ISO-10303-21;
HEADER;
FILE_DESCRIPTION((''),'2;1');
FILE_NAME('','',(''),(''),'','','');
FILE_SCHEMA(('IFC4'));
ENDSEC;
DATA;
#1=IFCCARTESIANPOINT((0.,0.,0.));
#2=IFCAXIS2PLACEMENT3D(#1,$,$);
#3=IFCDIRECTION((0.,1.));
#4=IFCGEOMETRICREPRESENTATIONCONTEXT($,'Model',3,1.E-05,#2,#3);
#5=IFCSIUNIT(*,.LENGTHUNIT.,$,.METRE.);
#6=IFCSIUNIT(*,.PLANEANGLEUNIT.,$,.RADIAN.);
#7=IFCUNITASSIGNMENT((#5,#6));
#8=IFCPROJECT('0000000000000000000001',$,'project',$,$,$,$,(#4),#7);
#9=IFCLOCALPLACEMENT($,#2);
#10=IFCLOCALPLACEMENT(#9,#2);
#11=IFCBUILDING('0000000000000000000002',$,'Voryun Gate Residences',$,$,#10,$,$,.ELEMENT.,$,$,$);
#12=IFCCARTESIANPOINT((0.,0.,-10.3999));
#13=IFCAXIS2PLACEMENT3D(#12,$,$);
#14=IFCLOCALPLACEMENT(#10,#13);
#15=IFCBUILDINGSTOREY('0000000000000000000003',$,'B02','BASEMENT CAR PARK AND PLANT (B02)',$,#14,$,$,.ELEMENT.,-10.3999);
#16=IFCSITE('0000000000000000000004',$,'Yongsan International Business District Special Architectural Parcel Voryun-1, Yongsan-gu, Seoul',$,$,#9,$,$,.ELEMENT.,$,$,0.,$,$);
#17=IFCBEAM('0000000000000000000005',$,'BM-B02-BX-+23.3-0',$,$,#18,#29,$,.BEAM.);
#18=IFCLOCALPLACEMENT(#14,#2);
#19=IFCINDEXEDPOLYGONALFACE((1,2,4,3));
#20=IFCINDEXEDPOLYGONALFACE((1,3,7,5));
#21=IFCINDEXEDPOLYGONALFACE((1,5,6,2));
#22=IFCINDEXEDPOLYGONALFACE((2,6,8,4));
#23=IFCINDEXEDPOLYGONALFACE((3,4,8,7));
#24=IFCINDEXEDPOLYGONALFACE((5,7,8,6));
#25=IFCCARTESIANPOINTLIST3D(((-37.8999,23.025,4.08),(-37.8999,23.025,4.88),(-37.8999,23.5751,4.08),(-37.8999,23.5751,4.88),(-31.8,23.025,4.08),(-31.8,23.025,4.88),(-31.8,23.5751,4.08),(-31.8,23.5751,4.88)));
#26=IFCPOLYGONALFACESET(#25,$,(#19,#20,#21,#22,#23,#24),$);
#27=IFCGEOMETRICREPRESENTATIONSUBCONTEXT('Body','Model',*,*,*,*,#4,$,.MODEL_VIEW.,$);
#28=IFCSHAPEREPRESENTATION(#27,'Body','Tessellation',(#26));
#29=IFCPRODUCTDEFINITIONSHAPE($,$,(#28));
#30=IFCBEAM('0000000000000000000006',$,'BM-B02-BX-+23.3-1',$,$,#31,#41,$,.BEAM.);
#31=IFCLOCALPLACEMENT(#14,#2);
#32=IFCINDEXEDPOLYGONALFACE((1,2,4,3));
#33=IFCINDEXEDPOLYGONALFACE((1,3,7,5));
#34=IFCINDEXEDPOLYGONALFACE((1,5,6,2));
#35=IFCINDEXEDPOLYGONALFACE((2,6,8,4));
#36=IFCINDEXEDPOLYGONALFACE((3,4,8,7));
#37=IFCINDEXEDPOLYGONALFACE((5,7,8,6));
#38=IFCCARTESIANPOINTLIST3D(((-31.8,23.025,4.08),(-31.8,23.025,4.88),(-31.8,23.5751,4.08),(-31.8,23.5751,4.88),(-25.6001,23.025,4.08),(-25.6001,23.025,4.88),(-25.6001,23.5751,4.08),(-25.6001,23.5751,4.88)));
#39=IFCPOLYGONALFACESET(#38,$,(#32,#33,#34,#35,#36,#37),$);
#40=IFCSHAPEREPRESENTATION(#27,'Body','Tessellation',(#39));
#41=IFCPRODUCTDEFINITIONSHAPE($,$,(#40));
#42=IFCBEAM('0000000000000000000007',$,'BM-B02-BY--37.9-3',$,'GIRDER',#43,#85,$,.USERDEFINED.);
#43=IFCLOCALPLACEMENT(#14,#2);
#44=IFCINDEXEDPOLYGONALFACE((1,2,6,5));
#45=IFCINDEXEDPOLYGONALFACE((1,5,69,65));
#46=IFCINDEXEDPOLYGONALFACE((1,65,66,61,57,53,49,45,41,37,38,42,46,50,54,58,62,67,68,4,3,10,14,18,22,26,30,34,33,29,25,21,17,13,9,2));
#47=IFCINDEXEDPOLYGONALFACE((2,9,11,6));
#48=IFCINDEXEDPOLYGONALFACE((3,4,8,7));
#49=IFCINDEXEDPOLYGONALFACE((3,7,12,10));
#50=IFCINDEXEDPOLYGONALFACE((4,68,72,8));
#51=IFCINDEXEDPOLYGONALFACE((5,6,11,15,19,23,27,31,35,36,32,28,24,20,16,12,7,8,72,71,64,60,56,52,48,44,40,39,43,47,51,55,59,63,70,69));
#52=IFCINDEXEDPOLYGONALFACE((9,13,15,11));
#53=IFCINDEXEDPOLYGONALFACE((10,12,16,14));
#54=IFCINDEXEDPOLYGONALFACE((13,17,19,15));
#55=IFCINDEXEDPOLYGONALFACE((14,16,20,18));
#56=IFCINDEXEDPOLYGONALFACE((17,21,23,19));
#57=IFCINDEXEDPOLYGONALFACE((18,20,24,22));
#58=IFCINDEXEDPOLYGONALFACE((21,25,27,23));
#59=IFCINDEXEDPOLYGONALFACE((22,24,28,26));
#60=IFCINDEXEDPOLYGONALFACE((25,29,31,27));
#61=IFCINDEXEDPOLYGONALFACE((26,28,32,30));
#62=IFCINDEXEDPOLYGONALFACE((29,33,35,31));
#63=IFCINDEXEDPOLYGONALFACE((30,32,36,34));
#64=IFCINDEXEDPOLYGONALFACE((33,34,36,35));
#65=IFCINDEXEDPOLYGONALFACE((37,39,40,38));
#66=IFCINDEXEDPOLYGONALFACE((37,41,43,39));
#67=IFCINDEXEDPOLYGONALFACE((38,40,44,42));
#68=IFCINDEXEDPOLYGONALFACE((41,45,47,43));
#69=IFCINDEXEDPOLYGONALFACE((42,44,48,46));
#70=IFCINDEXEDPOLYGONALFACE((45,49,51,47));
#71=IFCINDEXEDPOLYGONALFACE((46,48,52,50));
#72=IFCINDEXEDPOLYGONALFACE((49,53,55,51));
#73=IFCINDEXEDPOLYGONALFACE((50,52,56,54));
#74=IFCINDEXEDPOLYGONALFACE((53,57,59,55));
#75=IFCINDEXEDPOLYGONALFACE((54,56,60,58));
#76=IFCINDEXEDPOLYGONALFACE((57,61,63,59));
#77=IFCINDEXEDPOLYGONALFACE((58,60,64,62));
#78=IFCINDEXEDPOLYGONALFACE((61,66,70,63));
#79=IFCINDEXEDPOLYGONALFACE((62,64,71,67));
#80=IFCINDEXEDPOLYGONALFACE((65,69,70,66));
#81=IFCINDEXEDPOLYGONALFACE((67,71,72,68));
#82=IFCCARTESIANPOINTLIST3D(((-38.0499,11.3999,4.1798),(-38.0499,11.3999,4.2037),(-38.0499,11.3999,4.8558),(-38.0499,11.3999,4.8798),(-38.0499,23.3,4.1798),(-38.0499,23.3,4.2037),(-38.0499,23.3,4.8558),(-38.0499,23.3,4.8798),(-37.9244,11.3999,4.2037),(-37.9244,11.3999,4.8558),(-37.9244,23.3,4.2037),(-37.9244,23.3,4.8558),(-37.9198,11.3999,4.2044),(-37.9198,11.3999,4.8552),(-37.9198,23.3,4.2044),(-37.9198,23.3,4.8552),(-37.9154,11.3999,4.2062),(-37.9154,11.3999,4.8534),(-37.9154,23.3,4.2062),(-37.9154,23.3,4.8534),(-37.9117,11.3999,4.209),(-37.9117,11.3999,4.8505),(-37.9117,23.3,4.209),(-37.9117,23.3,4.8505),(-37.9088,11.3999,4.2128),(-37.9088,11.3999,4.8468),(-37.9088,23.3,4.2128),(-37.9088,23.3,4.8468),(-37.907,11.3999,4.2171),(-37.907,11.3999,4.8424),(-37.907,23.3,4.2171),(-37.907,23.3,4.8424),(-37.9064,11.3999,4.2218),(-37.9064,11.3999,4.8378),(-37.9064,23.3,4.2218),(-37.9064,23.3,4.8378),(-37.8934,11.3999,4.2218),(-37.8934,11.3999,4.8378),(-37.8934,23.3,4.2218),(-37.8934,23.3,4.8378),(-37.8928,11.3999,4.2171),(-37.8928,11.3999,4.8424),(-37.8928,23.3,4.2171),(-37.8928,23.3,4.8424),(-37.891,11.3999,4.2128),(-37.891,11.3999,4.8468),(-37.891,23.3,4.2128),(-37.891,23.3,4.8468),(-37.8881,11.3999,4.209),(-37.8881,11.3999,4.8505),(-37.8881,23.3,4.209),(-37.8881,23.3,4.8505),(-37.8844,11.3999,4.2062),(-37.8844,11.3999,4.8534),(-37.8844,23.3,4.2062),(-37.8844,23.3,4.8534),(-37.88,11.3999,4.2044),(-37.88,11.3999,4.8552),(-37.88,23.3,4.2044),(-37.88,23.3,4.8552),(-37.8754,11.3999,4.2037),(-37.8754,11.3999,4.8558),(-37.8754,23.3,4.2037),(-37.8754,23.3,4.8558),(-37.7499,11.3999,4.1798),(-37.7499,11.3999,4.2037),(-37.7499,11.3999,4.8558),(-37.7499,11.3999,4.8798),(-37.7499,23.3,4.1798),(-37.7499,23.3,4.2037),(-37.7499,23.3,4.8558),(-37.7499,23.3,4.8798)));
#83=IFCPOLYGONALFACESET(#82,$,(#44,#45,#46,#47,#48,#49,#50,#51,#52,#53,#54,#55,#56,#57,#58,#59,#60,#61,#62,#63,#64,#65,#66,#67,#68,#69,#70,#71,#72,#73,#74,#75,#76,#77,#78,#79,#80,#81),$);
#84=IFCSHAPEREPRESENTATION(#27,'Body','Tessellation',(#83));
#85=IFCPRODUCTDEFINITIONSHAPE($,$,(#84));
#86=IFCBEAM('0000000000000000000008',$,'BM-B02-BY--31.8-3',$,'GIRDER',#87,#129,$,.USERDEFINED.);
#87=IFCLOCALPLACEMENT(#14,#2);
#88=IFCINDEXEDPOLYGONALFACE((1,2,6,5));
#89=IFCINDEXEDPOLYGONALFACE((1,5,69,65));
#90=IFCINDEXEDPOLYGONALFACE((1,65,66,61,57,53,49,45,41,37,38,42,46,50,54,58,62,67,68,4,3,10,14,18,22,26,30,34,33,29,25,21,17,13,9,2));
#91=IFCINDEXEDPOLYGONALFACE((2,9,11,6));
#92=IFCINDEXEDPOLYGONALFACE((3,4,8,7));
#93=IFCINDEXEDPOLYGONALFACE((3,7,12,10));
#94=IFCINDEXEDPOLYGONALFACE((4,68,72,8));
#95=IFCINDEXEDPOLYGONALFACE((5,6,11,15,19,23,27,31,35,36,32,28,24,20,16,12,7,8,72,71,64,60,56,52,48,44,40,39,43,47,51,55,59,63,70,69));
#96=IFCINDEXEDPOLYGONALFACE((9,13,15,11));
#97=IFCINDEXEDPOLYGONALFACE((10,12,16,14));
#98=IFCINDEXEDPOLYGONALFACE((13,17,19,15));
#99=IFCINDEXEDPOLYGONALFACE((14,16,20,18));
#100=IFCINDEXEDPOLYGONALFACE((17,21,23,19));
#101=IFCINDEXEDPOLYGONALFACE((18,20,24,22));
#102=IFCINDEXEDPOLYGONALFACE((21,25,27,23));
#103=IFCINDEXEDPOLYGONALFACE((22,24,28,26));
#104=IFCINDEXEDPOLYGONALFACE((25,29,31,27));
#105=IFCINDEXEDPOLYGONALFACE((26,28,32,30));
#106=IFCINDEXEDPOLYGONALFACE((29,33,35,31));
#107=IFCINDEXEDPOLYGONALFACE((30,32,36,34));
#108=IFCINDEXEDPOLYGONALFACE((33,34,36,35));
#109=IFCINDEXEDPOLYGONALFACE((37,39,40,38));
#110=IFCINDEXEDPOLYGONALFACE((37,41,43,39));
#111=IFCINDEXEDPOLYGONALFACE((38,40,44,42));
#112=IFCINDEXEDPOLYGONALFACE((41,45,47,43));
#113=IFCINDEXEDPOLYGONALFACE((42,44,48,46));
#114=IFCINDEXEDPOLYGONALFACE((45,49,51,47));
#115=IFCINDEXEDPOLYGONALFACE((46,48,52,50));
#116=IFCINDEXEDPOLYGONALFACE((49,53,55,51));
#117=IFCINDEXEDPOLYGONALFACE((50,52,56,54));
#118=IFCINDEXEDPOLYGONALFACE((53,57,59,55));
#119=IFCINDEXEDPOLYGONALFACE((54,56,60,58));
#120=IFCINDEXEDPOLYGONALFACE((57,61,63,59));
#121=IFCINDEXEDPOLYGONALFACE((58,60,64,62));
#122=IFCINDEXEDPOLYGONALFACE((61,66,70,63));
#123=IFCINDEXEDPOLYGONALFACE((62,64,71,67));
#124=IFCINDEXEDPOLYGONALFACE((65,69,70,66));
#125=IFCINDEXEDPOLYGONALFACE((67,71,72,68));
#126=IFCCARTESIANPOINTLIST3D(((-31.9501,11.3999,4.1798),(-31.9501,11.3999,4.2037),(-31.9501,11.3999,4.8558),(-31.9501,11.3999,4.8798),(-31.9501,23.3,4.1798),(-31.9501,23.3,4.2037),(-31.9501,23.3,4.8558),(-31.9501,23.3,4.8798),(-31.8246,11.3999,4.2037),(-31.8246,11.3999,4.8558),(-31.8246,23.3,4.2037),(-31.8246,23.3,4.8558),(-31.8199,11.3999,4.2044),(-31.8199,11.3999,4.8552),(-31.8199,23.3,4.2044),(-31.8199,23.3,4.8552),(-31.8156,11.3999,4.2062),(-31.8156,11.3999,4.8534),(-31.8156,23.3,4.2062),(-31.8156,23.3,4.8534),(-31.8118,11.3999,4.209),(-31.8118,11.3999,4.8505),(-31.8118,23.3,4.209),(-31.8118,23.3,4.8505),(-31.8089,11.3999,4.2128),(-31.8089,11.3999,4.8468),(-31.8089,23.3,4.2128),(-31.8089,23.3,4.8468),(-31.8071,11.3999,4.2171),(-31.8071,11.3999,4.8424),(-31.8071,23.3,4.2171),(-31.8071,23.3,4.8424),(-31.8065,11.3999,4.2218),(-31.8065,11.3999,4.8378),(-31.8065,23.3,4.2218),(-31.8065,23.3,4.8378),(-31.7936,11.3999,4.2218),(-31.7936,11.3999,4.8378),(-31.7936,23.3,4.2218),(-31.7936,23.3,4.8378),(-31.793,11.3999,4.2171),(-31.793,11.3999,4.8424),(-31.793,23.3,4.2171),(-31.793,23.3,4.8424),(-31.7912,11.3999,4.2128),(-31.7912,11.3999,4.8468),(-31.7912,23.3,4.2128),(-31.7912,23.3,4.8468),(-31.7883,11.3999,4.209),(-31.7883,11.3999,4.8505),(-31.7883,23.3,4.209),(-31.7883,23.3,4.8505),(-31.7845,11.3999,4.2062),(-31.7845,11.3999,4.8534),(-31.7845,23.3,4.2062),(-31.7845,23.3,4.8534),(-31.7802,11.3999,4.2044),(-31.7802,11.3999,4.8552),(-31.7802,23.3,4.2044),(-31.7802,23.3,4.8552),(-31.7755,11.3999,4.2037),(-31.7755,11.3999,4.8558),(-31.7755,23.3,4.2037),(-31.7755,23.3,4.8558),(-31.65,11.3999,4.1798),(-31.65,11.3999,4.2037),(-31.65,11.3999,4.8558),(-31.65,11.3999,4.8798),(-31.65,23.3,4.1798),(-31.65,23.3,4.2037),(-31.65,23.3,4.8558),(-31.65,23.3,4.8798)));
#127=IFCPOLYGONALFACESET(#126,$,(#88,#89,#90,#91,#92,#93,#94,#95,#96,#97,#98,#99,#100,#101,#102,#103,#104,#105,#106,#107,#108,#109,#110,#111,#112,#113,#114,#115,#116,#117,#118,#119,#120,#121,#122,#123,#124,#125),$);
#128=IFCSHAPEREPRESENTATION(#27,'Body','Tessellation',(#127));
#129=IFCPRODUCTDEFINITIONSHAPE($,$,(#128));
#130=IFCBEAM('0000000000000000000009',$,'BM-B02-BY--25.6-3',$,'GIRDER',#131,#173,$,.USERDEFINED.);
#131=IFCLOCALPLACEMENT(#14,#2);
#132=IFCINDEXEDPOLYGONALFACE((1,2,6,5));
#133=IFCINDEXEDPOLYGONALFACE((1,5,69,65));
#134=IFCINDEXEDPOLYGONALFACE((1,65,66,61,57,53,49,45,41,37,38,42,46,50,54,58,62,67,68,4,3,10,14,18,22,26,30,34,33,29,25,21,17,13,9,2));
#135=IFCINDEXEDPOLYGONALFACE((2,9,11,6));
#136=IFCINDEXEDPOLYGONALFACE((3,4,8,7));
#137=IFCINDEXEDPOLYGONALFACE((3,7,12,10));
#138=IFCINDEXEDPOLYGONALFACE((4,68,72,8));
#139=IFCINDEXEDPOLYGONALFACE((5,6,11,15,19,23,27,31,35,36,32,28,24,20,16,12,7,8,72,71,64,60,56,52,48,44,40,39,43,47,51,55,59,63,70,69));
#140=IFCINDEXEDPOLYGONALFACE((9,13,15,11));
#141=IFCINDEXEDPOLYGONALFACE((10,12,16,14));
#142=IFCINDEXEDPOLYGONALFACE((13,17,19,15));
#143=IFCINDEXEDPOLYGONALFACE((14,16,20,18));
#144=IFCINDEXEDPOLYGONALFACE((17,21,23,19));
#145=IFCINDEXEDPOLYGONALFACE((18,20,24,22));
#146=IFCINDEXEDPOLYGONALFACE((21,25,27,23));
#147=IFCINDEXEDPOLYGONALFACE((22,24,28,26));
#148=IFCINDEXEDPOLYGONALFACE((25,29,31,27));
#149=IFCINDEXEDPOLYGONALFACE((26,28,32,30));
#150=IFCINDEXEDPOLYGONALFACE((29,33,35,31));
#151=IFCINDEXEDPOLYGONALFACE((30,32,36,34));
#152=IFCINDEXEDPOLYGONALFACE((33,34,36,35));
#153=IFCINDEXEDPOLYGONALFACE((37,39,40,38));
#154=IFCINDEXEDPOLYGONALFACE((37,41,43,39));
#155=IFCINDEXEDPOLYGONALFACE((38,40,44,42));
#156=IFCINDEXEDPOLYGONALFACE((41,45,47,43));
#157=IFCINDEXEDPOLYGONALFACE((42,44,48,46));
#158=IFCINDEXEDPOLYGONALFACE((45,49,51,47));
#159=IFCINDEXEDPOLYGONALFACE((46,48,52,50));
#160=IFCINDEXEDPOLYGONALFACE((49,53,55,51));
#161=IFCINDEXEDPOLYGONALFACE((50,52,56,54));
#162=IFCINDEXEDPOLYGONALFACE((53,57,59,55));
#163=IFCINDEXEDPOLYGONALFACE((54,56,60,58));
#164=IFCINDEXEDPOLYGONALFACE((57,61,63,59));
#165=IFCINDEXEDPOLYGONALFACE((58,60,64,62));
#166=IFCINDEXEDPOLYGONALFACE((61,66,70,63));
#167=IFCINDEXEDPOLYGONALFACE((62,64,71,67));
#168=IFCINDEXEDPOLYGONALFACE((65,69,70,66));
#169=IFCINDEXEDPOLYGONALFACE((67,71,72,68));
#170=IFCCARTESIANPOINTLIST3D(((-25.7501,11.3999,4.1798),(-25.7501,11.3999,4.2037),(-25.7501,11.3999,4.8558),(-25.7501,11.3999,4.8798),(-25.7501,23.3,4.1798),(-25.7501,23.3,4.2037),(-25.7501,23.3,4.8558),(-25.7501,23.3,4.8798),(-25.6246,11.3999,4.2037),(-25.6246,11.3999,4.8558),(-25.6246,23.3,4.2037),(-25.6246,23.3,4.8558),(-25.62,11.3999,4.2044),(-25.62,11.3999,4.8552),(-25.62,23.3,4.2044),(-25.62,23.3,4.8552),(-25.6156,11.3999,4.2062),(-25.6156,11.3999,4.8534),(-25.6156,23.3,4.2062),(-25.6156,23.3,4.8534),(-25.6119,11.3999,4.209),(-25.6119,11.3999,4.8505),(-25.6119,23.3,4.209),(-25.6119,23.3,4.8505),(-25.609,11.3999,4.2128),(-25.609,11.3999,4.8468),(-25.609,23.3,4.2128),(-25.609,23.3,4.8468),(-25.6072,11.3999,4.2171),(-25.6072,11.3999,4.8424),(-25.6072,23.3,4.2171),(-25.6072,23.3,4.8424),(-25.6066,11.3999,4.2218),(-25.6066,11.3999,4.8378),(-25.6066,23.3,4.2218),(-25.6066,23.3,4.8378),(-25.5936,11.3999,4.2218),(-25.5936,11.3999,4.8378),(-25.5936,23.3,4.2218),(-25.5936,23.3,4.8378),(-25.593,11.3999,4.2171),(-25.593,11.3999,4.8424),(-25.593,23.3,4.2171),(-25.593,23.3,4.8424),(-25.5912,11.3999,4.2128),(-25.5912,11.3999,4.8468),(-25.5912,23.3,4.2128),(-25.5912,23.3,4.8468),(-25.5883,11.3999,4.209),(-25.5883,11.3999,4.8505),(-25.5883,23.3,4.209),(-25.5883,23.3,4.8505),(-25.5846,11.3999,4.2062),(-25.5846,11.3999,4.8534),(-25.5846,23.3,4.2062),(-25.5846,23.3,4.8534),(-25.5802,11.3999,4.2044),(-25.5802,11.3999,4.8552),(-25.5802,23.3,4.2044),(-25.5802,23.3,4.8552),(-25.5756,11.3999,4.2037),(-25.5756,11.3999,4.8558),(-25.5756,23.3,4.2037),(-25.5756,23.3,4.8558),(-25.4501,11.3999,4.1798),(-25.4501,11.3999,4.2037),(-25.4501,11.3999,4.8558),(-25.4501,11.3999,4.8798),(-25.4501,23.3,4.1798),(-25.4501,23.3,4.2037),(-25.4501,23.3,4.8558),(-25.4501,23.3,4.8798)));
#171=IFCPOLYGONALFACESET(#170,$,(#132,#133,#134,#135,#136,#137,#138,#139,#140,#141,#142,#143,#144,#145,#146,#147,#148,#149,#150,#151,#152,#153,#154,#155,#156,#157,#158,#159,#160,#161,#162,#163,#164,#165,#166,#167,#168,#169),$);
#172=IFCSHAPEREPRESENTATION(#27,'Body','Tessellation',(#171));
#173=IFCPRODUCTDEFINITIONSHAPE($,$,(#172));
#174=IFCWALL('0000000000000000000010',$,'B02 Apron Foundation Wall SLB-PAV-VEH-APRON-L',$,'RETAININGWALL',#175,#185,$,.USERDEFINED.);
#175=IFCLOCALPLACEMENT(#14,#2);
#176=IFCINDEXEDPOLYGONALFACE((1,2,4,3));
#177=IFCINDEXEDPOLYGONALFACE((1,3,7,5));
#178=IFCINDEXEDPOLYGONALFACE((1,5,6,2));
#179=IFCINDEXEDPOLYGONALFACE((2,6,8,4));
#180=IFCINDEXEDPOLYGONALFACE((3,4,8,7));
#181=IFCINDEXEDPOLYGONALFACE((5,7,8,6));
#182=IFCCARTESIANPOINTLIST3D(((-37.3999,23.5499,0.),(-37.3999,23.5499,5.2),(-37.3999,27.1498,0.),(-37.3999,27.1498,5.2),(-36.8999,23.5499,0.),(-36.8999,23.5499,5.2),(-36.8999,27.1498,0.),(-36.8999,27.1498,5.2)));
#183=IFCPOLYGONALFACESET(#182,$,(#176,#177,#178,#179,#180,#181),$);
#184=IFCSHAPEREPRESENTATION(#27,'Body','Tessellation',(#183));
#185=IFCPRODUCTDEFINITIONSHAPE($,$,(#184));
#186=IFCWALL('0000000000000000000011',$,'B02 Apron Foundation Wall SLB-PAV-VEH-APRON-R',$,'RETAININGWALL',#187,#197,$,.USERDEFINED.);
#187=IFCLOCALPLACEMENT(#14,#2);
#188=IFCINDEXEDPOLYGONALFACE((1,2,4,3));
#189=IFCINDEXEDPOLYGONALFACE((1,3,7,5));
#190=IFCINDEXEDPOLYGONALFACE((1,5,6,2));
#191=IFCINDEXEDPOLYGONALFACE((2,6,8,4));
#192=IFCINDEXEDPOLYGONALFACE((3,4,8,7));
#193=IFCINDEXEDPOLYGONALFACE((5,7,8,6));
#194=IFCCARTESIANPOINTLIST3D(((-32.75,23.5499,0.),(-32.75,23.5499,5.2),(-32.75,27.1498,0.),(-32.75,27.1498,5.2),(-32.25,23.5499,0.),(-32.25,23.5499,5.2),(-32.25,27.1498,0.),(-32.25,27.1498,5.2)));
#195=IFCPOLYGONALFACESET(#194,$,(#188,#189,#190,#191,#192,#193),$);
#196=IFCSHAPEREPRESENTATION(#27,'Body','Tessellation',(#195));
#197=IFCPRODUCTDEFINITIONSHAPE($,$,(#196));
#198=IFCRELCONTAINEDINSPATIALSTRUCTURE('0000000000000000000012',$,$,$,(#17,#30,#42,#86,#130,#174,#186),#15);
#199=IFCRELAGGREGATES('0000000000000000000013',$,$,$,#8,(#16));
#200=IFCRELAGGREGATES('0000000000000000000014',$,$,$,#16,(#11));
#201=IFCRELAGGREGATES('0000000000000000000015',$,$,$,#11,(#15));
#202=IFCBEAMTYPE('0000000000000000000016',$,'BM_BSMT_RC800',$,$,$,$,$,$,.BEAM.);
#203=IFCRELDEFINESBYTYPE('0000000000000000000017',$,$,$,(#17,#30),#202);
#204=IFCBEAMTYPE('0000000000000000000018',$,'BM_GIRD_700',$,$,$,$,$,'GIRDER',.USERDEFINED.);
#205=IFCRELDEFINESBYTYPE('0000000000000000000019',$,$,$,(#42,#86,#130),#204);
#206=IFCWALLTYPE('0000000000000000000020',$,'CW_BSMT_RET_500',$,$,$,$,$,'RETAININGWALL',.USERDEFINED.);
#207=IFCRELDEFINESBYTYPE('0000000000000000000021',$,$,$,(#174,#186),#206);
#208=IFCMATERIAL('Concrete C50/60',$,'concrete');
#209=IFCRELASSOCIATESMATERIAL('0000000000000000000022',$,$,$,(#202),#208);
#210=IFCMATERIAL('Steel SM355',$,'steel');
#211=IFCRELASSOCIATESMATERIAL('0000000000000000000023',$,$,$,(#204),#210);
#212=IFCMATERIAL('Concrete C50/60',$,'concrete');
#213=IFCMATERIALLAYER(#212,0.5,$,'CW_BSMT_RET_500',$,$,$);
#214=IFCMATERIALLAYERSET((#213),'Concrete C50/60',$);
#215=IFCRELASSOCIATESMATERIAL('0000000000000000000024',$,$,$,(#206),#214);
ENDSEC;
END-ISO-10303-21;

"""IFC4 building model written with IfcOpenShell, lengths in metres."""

from ifc_helpers import new_model, si_unit, direction, frame, frame_2d, origin, origin_2d, place, context, subcontext, project, spatial, rectangle, i_section, extrude, material, layer, layer_set, material_profile, profile_set, type_object, element, save


model = new_model("IFC4")

# Units and contexts
model_context = context("Model", 3, precision=1e-05, world=origin(), true_north=direction((0.0, 1.0)))
body_context = subcontext(model_context, "Body", "Model", "MODEL_VIEW")
ifc_project = project(units=[si_unit("LENGTHUNIT", "METRE"), si_unit("PLANEANGLEUNIT", "RADIAN")], contexts=[model_context])

# Site, building, storey
site_placement = place(None, origin())
site = spatial("IfcSite", under=ifc_project, at=site_placement, Name="Yongsan International Business District Special Architectural Parcel Voryun-1, Yongsan-gu, Seoul", CompositionType="ELEMENT", RefElevation=0.0)
building_placement = place(site_placement, origin())
building = spatial("IfcBuilding", under=site, at=building_placement, Name="Voryun Gate Residences", CompositionType="ELEMENT")
storey_placement = place(building_placement, frame((0.0, 0.0, -10.3999)))
storey = spatial("IfcBuildingStorey", under=building, at=storey_placement, Name="B02", Description="BASEMENT CAR PARK AND PLANT (B02)", CompositionType="ELEMENT", Elevation=-10.3999)

# Beams
ifc_material_1 = material(Name="Concrete C50/60", Category="concrete")
ifc_material_profile_1 = material_profile(ifc_material_1, rectangle(XDim=0.55, YDim=0.8, at=origin_2d()), Name="RC-550x800")
ifc_profile_set_1 = profile_set([ifc_material_profile_1], Name="Concrete C50/60")
beam_type_1 = type_object("IfcBeamType", Name="BM_BSMT_RC800", PredefinedType="BEAM", material=ifc_profile_set_1)
beam_1_placement = place(storey_placement, frame((-37.8999, 23.3, 4.48), z_axis=(1.0, 0.0, 0.0), x_axis=(0.0, 1.0, 0.0)))
element("IfcBeam", 1, at=beam_1_placement, inside=storey, type_object=beam_type_1, Name="BM-B02-BX-+23.3-0", PredefinedType="BEAM", context=body_context, shape_type="SweptSolid", body=[
    extrude(rectangle(XDim=0.55, YDim=0.8, at=origin_2d()), origin(), (0.0, 0.0, 1.0), 6.0999),
])
beam_2_placement = place(storey_placement, frame((-31.8, 23.3, 4.48), z_axis=(1.0, 0.0, 0.0), x_axis=(0.0, 1.0, 0.0)))
element("IfcBeam", 2, at=beam_2_placement, inside=storey, type_object=beam_type_1, Name="BM-B02-BX-+23.3-1", PredefinedType="BEAM", context=body_context, shape_type="SweptSolid", body=[
    extrude(rectangle(XDim=0.55, YDim=0.8, at=origin_2d()), origin(), (0.0, 0.0, 1.0), 6.2),
])
ifc_material_2 = material(Name="Steel SM355", Category="steel")
ifc_material_profile_2 = material_profile(ifc_material_2, i_section(OverallWidth=0.3, OverallDepth=0.7, WebThickness=0.0129, FlangeThickness=0.0239, FilletRadius=0.0181, at=origin_2d()), Name="H-700x300x13x24")
ifc_profile_set_2 = profile_set([ifc_material_profile_2], Name="Steel SM355")
beam_type_2 = type_object("IfcBeamType", Name="BM_GIRD_700", ElementType="GIRDER", PredefinedType="USERDEFINED", material=ifc_profile_set_2)
for number, where, z_axis, x_axis, name in (
    (3, (-37.8999, 11.3999, 4.5298), (0.0, 1.0, 0.0), (-1.0, 0.0, 0.0), "BM-B02-BY--37.9-3"),
    (4, (-31.8, 11.3999, 4.5298), (0.0, 1.0, 0.0), (-1.0, 0.0, 0.0), "BM-B02-BY--31.8-3"),
    (5, (-25.6001, 11.3999, 4.5298), (0.0, 1.0, 0.0), (-1.0, 0.0, 0.0), "BM-B02-BY--25.6-3"),
):
    element("IfcBeam", number, at=place(storey_placement, frame(where, z_axis=z_axis, x_axis=x_axis)), inside=storey, type_object=beam_type_2, Name=name, ObjectType="GIRDER", PredefinedType="USERDEFINED", context=body_context, shape_type="SweptSolid", body=[
        extrude(i_section(OverallWidth=0.3, OverallDepth=0.7, WebThickness=0.0129, FlangeThickness=0.0239, FilletRadius=0.0181, at=origin_2d()), origin(), (0.0, 0.0, 1.0), 11.9001),
    ])

# Walls
ifc_material_3 = material(Name="Concrete C50/60", Category="concrete")
ifc_layer = layer(ifc_material_3, 0.5, Name="CW_BSMT_RET_500")
ifc_layer_set = layer_set([ifc_layer], Name="Concrete C50/60")
wall_type = type_object("IfcWallType", Name="CW_BSMT_RET_500", ElementType="RETAININGWALL", PredefinedType="USERDEFINED", material=ifc_layer_set)
for number, where, z_axis, x_axis, name in (
    (6, (-37.1499, 23.55, 0.0), (0.0, 0.0, 1.0), (0.0, 1.0, 0.0), "B02 Apron Foundation Wall SLB-PAV-VEH-APRON-L"),
    (7, (-32.5, 23.55, 0.0), (0.0, 0.0, 1.0), (0.0, 1.0, 0.0), "B02 Apron Foundation Wall SLB-PAV-VEH-APRON-R"),
):
    element("IfcWall", number, at=place(storey_placement, frame(where, z_axis=z_axis, x_axis=x_axis)), inside=storey, type_object=wall_type, Name=name, ObjectType="RETAININGWALL", PredefinedType="USERDEFINED", context=body_context, shape_type="SweptSolid", body=[
        extrude(rectangle(XDim=3.5999, YDim=0.5, at=frame_2d((1.7998, 0.0))), origin(), (0.0, 0.0, 1.0), 5.2),
    ])

save(model, "model.ifc")
